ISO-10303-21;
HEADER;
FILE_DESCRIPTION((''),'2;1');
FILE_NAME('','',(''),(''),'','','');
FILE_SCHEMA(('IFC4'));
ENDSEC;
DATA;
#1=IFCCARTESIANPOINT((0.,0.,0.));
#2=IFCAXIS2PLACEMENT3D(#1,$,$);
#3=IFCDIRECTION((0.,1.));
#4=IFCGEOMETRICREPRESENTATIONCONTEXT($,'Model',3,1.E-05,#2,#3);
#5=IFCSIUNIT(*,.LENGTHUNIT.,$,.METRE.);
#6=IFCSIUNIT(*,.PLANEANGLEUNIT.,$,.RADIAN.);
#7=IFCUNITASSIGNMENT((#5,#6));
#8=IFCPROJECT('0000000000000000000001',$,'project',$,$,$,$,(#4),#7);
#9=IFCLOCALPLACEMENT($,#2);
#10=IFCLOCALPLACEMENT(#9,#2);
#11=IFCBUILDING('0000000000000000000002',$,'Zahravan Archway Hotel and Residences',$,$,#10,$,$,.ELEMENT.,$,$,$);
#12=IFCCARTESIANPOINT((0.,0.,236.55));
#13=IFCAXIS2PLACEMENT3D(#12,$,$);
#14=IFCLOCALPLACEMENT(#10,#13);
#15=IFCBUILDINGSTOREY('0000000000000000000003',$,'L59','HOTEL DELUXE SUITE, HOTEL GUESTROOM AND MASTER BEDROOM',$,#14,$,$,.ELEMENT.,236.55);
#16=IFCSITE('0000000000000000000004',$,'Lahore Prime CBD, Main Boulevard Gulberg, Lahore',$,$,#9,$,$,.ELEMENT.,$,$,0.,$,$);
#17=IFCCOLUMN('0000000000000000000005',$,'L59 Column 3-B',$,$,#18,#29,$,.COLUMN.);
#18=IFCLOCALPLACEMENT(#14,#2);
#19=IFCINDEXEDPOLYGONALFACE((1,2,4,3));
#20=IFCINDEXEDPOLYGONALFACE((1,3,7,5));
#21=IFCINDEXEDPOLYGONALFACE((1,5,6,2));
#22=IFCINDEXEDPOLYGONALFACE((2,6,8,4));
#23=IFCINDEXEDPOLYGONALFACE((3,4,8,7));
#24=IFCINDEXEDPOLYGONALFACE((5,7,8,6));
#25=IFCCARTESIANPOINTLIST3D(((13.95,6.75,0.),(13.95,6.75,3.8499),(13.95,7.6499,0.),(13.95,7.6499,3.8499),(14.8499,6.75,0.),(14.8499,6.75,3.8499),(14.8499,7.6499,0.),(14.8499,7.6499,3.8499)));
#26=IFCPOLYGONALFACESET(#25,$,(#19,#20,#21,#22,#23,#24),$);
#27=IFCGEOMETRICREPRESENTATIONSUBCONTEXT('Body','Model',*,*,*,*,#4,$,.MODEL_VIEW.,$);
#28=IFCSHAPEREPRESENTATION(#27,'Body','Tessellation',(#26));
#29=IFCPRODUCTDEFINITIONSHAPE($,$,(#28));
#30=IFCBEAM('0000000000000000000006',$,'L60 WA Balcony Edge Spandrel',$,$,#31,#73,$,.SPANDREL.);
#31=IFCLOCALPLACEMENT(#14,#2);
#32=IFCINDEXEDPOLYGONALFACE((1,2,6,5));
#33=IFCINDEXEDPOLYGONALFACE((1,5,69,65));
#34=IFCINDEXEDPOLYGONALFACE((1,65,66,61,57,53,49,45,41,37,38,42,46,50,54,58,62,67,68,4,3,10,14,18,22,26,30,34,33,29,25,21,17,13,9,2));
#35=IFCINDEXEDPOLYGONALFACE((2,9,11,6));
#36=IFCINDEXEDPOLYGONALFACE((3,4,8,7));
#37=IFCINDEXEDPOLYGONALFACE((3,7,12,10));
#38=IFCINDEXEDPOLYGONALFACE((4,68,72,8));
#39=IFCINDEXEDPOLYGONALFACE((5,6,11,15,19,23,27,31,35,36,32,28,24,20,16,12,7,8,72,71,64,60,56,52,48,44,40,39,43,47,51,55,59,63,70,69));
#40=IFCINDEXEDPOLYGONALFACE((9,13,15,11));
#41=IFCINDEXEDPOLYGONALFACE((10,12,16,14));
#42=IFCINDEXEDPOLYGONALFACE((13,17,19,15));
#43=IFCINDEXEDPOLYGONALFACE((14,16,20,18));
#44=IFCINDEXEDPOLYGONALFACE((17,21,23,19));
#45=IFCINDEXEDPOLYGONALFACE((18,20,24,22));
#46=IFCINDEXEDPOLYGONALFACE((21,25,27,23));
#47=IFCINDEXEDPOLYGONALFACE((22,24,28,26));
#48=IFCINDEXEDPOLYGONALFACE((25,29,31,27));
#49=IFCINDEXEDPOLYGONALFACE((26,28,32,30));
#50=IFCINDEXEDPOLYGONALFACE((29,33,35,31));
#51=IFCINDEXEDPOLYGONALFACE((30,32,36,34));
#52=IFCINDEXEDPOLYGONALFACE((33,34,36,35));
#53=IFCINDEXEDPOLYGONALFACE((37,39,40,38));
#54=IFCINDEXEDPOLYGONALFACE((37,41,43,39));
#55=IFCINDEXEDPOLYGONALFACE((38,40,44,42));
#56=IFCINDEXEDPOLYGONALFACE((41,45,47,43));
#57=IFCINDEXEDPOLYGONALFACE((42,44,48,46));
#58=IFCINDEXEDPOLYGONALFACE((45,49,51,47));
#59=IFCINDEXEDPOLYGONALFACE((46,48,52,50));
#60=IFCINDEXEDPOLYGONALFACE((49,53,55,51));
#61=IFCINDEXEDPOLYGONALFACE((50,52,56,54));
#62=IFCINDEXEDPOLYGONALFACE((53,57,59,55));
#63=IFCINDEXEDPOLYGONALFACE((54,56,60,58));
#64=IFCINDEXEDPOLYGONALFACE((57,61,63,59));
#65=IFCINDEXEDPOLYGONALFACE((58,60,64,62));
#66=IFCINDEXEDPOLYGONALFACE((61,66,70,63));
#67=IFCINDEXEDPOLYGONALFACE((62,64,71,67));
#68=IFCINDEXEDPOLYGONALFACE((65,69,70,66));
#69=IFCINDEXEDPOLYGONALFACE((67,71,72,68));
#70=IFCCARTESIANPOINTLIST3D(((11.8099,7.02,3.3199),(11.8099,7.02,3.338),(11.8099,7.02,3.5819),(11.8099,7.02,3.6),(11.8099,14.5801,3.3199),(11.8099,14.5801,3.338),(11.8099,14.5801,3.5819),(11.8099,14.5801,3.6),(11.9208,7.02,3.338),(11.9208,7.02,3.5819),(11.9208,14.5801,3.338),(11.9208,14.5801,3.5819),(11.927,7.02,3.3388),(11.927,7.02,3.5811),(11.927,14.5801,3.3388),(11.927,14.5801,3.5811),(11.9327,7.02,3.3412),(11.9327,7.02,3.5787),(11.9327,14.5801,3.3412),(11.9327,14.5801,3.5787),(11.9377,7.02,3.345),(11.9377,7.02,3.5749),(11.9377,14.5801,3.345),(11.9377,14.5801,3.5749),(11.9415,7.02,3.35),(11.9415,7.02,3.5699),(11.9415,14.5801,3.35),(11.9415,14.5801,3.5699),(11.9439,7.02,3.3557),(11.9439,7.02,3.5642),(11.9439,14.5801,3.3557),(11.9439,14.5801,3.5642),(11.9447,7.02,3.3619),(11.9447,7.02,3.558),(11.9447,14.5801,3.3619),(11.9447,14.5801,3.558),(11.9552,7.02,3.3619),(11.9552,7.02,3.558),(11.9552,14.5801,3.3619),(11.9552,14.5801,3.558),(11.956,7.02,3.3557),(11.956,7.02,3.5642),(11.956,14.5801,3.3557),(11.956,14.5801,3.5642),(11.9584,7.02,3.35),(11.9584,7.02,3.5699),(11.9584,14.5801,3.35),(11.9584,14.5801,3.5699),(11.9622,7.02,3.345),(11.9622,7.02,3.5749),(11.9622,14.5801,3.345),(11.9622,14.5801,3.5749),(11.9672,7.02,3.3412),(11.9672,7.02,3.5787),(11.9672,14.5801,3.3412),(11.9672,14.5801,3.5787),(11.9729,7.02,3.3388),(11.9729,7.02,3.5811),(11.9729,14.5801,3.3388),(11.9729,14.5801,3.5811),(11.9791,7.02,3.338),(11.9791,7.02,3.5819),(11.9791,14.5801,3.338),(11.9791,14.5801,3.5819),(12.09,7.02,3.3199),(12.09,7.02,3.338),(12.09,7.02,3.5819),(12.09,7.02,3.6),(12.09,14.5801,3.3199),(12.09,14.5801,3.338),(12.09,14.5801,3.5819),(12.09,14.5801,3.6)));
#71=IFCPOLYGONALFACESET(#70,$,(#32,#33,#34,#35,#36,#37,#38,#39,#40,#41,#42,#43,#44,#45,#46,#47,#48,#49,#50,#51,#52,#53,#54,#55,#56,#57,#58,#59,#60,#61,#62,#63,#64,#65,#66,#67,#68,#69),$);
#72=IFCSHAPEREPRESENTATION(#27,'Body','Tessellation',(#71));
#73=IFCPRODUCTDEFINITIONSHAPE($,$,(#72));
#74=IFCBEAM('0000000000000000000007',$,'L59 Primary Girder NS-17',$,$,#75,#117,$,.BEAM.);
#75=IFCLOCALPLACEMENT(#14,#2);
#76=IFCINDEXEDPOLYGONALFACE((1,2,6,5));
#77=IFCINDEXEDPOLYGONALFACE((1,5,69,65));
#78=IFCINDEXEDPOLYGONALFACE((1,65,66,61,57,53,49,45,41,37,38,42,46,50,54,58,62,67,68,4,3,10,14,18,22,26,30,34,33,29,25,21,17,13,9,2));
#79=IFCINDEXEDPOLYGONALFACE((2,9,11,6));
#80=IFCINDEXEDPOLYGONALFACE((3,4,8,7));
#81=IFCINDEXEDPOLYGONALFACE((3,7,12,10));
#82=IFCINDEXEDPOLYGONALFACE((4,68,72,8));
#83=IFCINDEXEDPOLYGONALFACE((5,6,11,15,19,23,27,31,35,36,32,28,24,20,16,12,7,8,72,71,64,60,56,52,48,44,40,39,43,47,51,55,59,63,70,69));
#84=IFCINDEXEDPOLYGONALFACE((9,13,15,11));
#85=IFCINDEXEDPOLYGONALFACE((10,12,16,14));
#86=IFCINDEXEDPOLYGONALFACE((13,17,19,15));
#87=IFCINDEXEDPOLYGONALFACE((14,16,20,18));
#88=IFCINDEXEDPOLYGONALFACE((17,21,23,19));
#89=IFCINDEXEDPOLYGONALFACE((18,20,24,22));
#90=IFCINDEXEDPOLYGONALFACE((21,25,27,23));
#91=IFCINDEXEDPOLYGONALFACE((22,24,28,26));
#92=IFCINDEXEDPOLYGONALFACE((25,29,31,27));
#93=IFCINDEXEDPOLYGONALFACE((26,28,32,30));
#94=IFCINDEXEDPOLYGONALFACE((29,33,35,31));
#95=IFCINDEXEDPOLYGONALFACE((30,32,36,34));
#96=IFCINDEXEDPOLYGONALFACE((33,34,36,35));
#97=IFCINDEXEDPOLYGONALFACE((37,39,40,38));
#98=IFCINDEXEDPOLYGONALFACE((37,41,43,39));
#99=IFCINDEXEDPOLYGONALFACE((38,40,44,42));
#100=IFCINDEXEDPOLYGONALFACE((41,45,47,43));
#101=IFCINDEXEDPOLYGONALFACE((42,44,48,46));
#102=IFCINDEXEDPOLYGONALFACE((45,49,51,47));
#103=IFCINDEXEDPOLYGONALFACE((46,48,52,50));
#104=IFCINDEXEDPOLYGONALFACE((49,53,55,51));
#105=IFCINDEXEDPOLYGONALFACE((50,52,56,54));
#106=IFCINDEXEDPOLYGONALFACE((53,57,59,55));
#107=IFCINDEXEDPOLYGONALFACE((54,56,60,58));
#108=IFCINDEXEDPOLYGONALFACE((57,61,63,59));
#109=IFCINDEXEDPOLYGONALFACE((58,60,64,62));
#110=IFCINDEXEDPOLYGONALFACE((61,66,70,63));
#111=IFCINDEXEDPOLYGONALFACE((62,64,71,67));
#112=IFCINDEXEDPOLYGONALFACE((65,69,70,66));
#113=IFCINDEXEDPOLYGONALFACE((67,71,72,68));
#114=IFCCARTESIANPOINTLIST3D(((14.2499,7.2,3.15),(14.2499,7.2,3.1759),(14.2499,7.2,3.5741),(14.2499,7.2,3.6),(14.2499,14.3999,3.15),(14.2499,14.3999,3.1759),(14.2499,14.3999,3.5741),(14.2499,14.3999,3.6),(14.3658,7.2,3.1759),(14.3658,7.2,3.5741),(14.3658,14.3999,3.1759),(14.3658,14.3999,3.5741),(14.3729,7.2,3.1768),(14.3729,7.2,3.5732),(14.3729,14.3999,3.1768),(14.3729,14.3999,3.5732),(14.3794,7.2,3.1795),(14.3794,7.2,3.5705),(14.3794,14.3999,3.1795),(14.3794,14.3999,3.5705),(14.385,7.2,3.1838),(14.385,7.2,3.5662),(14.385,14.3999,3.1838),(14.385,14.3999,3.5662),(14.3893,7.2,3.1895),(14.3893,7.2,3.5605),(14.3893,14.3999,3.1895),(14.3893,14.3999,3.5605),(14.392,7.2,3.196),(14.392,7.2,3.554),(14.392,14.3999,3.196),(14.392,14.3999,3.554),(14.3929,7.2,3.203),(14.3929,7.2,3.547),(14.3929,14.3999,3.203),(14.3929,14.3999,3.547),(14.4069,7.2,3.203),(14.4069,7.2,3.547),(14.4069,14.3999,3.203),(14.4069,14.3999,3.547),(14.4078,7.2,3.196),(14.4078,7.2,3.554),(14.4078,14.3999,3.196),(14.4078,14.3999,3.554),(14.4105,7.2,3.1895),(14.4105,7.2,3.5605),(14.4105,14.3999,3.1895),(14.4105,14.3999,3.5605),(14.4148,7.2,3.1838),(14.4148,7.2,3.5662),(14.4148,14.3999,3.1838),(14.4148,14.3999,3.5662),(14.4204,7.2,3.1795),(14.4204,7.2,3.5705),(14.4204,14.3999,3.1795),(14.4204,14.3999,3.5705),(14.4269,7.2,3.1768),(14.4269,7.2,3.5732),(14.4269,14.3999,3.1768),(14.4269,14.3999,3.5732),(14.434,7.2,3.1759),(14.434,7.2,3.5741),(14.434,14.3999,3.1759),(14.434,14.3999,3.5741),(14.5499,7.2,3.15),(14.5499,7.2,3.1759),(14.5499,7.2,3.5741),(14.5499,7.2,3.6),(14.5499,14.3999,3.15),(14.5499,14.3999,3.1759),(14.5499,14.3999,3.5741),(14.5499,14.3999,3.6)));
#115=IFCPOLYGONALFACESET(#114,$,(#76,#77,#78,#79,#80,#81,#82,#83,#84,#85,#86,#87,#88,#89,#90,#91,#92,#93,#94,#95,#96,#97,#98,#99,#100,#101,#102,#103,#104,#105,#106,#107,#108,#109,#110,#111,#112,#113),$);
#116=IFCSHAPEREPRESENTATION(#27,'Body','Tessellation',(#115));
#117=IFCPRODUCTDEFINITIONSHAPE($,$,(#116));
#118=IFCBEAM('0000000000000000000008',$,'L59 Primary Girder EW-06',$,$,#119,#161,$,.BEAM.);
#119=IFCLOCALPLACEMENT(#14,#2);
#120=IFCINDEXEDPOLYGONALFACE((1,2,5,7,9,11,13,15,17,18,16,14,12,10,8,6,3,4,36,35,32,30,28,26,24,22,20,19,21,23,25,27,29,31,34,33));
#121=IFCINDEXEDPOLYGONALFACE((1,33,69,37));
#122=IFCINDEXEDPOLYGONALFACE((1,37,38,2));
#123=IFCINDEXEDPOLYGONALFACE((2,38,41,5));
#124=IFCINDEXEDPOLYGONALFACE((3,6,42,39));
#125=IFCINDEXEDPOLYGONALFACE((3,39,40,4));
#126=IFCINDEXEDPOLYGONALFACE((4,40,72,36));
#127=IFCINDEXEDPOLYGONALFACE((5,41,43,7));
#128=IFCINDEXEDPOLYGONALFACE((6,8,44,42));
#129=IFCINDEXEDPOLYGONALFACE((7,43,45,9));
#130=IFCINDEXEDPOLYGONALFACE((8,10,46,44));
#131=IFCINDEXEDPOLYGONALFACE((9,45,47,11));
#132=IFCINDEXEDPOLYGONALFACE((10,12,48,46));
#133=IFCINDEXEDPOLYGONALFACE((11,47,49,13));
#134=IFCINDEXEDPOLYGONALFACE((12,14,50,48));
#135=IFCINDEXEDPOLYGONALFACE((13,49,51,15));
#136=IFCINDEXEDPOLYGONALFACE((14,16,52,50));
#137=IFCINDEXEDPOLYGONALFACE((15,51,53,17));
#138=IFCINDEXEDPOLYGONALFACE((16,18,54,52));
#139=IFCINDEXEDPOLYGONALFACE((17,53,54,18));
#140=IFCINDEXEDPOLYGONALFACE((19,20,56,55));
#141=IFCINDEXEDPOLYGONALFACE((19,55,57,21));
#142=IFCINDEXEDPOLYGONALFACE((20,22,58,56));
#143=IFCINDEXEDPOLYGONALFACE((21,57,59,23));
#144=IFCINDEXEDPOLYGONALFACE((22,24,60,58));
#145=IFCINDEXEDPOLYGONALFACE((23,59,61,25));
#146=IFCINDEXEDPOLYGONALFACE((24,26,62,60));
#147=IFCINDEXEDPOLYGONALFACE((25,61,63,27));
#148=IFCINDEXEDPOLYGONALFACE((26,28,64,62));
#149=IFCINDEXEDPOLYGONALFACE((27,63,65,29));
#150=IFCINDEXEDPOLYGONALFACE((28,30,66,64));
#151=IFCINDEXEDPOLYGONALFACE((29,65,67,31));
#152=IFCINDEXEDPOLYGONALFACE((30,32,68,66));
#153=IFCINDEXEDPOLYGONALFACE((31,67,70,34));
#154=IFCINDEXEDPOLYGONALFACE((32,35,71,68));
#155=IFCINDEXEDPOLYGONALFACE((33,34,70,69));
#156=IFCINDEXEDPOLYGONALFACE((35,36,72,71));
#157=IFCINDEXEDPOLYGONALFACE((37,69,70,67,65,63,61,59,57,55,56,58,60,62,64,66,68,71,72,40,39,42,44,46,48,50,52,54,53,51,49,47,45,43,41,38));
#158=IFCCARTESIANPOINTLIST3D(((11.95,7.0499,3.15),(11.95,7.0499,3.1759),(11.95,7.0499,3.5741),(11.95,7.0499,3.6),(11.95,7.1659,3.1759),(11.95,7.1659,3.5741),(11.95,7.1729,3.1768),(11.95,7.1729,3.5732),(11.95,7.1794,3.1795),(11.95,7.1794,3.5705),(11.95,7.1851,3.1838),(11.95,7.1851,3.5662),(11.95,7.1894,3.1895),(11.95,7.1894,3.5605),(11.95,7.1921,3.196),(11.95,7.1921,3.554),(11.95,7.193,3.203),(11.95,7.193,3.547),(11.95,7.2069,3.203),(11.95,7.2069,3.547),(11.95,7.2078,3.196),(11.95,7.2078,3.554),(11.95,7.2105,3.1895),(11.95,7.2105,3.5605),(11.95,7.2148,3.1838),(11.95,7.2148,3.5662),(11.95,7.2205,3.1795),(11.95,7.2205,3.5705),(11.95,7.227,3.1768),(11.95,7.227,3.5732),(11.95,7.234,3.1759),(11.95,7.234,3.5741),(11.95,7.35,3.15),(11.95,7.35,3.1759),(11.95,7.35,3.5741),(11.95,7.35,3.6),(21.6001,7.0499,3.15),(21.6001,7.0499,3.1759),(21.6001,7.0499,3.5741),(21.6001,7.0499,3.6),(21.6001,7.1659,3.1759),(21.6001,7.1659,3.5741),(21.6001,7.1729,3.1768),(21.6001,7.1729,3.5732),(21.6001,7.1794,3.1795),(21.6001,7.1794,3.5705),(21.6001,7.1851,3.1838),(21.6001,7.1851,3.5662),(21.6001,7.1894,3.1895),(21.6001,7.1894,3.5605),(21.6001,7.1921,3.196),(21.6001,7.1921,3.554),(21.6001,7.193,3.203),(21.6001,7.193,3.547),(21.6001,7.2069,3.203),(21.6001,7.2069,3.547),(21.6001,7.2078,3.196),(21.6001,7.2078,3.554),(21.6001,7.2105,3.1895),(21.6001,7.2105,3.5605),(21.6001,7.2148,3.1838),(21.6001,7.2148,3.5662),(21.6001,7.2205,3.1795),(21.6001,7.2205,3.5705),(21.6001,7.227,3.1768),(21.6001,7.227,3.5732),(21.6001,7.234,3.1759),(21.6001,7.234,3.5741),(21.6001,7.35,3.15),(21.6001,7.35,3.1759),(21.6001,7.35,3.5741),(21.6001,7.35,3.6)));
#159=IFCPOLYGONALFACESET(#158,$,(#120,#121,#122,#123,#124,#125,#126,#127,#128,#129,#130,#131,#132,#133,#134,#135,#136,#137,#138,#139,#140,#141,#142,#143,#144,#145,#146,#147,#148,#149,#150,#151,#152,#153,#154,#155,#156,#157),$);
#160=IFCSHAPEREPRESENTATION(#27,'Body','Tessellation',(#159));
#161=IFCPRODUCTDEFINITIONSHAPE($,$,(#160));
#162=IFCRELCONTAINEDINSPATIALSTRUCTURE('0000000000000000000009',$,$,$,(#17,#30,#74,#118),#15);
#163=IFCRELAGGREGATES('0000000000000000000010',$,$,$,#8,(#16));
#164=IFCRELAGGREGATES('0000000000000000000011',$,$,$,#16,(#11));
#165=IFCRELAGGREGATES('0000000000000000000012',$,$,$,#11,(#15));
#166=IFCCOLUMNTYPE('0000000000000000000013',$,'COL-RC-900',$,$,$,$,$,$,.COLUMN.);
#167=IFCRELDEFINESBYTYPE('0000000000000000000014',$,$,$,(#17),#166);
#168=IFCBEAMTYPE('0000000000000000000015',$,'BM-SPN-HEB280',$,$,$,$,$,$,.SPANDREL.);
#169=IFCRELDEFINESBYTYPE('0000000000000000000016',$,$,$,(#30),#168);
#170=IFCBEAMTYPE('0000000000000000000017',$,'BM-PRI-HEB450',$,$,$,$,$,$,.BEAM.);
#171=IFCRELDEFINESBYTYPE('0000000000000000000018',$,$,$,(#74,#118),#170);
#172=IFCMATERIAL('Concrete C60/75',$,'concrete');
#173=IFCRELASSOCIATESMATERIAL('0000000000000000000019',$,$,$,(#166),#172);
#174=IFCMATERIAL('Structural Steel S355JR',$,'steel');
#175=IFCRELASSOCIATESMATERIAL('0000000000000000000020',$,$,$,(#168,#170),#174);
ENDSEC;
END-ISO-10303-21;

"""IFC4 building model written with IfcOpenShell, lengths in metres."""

from ifc_helpers import new_model, si_unit, direction, frame, origin, origin_2d, place, context, subcontext, project, spatial, rectangle, i_section, extrude, source, transform, mapped, material, material_profile, profile_set, type_object, type_shapes, element, save


model = new_model("IFC4")

# Units and contexts
model_context = context("Model", 3, precision=1e-05, world=origin(), true_north=direction((0.0, 1.0)))
body_context = subcontext(model_context, "Body", "Model", "MODEL_VIEW")
ifc_project = project(units=[si_unit("LENGTHUNIT", "METRE"), si_unit("PLANEANGLEUNIT", "RADIAN")], contexts=[model_context])

# Site, building, storey
site_placement = place(None, origin())
site = spatial("IfcSite", under=ifc_project, at=site_placement, Name="Lahore Prime CBD, Main Boulevard Gulberg, Lahore", CompositionType="ELEMENT", RefElevation=0.0)
building_placement = place(site_placement, origin())
building = spatial("IfcBuilding", under=site, at=building_placement, Name="Zahravan Archway Hotel and Residences", CompositionType="ELEMENT")
storey_placement = place(building_placement, frame((0.0, 0.0, 236.55)))
storey = spatial("IfcBuildingStorey", under=building, at=storey_placement, Name="L59", Description="HOTEL DELUXE SUITE, HOTEL GUESTROOM AND MASTER BEDROOM", CompositionType="ELEMENT", Elevation=236.55)

# Column
ifc_material_1 = material(Name="Concrete C60/75", Category="concrete")
ifc_material_profile_1 = material_profile(ifc_material_1, rectangle(XDim=0.8999, YDim=0.8999, at=origin_2d()), Name="RC-COL-900x900", Category="concrete")
ifc_profile_set_1 = profile_set([ifc_material_profile_1], Name="Concrete C60/75")
column_type = type_object("IfcColumnType", Name="COL-RC-900", PredefinedType="COLUMN", material=ifc_profile_set_1)
shared_shape_1 = source(origin(), body_context, "Body", "SweptSolid", [
    extrude(rectangle(XDim=0.8999, YDim=0.8999, at=origin_2d()), origin(), (0.0, 0.0, 1.0), 3.8499),
])
column_placement = place(storey_placement, frame((14.3999, 7.2, 0.0), z_axis=(0.0, 0.0, 1.0), x_axis=(1.0, 0.0, 0.0)))
element("IfcColumn", 1, at=column_placement, inside=storey, type_object=column_type, Name="L59 Column 3-B", PredefinedType="COLUMN", context=body_context, shape_type="MappedRepresentation", body=[
    mapped(shared_shape_1, transform((0.0, 0.0, 0.0), scale=1.0)),
])

# Beams
ifc_material_2 = material(Name="Structural Steel S355JR", Category="steel")
ifc_material_profile_2 = material_profile(ifc_material_2, i_section(OverallWidth=0.28, OverallDepth=0.28, WebThickness=0.0105, FlangeThickness=0.0181, FilletRadius=0.0239, at=origin_2d()), Name="HEB 280", Category="steel")
ifc_profile_set_2 = profile_set([ifc_material_profile_2], Name="Structural Steel S355JR")
beam_type_1 = type_object("IfcBeamType", Name="BM-SPN-HEB280", PredefinedType="SPANDREL", material=ifc_profile_set_2)
shared_shape_2 = source(origin(), body_context, "Body", "SweptSolid", [
    extrude(i_section(OverallWidth=0.28, OverallDepth=0.28, WebThickness=0.0105, FlangeThickness=0.0181, FilletRadius=0.0239, at=origin_2d()), origin(), (0.0, 0.0, 1.0), 7.5601),
])
type_shapes(beam_type_1, [shared_shape_2])
beam_1_placement = place(storey_placement, frame((11.95, 7.02, 3.46), z_axis=(0.0, 1.0, 0.0), x_axis=(-1.0, 0.0, 0.0)))
element("IfcBeam", 2, at=beam_1_placement, inside=storey, type_object=beam_type_1, Name="L60 WA Balcony Edge Spandrel", PredefinedType="SPANDREL", context=body_context, shape_type="MappedRepresentation", body=[
    mapped(shared_shape_2, transform((0.0, 0.0, 0.0), scale=1.0)),
])
ifc_material_profile_3 = material_profile(ifc_material_2, i_section(OverallWidth=0.3, OverallDepth=0.45, WebThickness=0.0139, FlangeThickness=0.0259, FilletRadius=0.0271, at=origin_2d()), Name="HEB 450", Category="steel")
ifc_profile_set_3 = profile_set([ifc_material_profile_3], Name="Structural Steel S355JR")
beam_type_2 = type_object("IfcBeamType", Name="BM-PRI-HEB450", PredefinedType="BEAM", material=ifc_profile_set_3)
shared_shape_3 = source(origin(), body_context, "Body", "SweptSolid", [
    extrude(i_section(OverallWidth=0.3, OverallDepth=0.45, WebThickness=0.0139, FlangeThickness=0.0259, FilletRadius=0.0271, at=origin_2d()), origin(), (0.0, 0.0, 1.0), 7.2),
])
beam_2_placement = place(storey_placement, frame((14.3999, 7.2, 3.375), z_axis=(0.0, 1.0, 0.0), x_axis=(-1.0, 0.0, 0.0)))
element("IfcBeam", 3, at=beam_2_placement, inside=storey, type_object=beam_type_2, Name="L59 Primary Girder NS-17", PredefinedType="BEAM", context=body_context, shape_type="MappedRepresentation", body=[
    mapped(shared_shape_3, transform((0.0, 0.0, 0.0), scale=1.0)),
])
shared_shape_4 = source(origin(), body_context, "Body", "SweptSolid", [
    extrude(i_section(OverallWidth=0.3, OverallDepth=0.45, WebThickness=0.0139, FlangeThickness=0.0259, FilletRadius=0.0271, at=origin_2d()), origin(), (0.0, 0.0, 1.0), 9.6501),
])
beam_3_placement = place(storey_placement, frame((11.95, 7.2, 3.375), z_axis=(1.0, 0.0, 0.0), x_axis=(0.0, 1.0, 0.0)))
element("IfcBeam", 4, at=beam_3_placement, inside=storey, type_object=beam_type_2, Name="L59 Primary Girder EW-06", PredefinedType="BEAM", context=body_context, shape_type="MappedRepresentation", body=[
    mapped(shared_shape_4, transform((0.0, 0.0, 0.0), scale=1.0)),
])

save(model, "model.ifc")
